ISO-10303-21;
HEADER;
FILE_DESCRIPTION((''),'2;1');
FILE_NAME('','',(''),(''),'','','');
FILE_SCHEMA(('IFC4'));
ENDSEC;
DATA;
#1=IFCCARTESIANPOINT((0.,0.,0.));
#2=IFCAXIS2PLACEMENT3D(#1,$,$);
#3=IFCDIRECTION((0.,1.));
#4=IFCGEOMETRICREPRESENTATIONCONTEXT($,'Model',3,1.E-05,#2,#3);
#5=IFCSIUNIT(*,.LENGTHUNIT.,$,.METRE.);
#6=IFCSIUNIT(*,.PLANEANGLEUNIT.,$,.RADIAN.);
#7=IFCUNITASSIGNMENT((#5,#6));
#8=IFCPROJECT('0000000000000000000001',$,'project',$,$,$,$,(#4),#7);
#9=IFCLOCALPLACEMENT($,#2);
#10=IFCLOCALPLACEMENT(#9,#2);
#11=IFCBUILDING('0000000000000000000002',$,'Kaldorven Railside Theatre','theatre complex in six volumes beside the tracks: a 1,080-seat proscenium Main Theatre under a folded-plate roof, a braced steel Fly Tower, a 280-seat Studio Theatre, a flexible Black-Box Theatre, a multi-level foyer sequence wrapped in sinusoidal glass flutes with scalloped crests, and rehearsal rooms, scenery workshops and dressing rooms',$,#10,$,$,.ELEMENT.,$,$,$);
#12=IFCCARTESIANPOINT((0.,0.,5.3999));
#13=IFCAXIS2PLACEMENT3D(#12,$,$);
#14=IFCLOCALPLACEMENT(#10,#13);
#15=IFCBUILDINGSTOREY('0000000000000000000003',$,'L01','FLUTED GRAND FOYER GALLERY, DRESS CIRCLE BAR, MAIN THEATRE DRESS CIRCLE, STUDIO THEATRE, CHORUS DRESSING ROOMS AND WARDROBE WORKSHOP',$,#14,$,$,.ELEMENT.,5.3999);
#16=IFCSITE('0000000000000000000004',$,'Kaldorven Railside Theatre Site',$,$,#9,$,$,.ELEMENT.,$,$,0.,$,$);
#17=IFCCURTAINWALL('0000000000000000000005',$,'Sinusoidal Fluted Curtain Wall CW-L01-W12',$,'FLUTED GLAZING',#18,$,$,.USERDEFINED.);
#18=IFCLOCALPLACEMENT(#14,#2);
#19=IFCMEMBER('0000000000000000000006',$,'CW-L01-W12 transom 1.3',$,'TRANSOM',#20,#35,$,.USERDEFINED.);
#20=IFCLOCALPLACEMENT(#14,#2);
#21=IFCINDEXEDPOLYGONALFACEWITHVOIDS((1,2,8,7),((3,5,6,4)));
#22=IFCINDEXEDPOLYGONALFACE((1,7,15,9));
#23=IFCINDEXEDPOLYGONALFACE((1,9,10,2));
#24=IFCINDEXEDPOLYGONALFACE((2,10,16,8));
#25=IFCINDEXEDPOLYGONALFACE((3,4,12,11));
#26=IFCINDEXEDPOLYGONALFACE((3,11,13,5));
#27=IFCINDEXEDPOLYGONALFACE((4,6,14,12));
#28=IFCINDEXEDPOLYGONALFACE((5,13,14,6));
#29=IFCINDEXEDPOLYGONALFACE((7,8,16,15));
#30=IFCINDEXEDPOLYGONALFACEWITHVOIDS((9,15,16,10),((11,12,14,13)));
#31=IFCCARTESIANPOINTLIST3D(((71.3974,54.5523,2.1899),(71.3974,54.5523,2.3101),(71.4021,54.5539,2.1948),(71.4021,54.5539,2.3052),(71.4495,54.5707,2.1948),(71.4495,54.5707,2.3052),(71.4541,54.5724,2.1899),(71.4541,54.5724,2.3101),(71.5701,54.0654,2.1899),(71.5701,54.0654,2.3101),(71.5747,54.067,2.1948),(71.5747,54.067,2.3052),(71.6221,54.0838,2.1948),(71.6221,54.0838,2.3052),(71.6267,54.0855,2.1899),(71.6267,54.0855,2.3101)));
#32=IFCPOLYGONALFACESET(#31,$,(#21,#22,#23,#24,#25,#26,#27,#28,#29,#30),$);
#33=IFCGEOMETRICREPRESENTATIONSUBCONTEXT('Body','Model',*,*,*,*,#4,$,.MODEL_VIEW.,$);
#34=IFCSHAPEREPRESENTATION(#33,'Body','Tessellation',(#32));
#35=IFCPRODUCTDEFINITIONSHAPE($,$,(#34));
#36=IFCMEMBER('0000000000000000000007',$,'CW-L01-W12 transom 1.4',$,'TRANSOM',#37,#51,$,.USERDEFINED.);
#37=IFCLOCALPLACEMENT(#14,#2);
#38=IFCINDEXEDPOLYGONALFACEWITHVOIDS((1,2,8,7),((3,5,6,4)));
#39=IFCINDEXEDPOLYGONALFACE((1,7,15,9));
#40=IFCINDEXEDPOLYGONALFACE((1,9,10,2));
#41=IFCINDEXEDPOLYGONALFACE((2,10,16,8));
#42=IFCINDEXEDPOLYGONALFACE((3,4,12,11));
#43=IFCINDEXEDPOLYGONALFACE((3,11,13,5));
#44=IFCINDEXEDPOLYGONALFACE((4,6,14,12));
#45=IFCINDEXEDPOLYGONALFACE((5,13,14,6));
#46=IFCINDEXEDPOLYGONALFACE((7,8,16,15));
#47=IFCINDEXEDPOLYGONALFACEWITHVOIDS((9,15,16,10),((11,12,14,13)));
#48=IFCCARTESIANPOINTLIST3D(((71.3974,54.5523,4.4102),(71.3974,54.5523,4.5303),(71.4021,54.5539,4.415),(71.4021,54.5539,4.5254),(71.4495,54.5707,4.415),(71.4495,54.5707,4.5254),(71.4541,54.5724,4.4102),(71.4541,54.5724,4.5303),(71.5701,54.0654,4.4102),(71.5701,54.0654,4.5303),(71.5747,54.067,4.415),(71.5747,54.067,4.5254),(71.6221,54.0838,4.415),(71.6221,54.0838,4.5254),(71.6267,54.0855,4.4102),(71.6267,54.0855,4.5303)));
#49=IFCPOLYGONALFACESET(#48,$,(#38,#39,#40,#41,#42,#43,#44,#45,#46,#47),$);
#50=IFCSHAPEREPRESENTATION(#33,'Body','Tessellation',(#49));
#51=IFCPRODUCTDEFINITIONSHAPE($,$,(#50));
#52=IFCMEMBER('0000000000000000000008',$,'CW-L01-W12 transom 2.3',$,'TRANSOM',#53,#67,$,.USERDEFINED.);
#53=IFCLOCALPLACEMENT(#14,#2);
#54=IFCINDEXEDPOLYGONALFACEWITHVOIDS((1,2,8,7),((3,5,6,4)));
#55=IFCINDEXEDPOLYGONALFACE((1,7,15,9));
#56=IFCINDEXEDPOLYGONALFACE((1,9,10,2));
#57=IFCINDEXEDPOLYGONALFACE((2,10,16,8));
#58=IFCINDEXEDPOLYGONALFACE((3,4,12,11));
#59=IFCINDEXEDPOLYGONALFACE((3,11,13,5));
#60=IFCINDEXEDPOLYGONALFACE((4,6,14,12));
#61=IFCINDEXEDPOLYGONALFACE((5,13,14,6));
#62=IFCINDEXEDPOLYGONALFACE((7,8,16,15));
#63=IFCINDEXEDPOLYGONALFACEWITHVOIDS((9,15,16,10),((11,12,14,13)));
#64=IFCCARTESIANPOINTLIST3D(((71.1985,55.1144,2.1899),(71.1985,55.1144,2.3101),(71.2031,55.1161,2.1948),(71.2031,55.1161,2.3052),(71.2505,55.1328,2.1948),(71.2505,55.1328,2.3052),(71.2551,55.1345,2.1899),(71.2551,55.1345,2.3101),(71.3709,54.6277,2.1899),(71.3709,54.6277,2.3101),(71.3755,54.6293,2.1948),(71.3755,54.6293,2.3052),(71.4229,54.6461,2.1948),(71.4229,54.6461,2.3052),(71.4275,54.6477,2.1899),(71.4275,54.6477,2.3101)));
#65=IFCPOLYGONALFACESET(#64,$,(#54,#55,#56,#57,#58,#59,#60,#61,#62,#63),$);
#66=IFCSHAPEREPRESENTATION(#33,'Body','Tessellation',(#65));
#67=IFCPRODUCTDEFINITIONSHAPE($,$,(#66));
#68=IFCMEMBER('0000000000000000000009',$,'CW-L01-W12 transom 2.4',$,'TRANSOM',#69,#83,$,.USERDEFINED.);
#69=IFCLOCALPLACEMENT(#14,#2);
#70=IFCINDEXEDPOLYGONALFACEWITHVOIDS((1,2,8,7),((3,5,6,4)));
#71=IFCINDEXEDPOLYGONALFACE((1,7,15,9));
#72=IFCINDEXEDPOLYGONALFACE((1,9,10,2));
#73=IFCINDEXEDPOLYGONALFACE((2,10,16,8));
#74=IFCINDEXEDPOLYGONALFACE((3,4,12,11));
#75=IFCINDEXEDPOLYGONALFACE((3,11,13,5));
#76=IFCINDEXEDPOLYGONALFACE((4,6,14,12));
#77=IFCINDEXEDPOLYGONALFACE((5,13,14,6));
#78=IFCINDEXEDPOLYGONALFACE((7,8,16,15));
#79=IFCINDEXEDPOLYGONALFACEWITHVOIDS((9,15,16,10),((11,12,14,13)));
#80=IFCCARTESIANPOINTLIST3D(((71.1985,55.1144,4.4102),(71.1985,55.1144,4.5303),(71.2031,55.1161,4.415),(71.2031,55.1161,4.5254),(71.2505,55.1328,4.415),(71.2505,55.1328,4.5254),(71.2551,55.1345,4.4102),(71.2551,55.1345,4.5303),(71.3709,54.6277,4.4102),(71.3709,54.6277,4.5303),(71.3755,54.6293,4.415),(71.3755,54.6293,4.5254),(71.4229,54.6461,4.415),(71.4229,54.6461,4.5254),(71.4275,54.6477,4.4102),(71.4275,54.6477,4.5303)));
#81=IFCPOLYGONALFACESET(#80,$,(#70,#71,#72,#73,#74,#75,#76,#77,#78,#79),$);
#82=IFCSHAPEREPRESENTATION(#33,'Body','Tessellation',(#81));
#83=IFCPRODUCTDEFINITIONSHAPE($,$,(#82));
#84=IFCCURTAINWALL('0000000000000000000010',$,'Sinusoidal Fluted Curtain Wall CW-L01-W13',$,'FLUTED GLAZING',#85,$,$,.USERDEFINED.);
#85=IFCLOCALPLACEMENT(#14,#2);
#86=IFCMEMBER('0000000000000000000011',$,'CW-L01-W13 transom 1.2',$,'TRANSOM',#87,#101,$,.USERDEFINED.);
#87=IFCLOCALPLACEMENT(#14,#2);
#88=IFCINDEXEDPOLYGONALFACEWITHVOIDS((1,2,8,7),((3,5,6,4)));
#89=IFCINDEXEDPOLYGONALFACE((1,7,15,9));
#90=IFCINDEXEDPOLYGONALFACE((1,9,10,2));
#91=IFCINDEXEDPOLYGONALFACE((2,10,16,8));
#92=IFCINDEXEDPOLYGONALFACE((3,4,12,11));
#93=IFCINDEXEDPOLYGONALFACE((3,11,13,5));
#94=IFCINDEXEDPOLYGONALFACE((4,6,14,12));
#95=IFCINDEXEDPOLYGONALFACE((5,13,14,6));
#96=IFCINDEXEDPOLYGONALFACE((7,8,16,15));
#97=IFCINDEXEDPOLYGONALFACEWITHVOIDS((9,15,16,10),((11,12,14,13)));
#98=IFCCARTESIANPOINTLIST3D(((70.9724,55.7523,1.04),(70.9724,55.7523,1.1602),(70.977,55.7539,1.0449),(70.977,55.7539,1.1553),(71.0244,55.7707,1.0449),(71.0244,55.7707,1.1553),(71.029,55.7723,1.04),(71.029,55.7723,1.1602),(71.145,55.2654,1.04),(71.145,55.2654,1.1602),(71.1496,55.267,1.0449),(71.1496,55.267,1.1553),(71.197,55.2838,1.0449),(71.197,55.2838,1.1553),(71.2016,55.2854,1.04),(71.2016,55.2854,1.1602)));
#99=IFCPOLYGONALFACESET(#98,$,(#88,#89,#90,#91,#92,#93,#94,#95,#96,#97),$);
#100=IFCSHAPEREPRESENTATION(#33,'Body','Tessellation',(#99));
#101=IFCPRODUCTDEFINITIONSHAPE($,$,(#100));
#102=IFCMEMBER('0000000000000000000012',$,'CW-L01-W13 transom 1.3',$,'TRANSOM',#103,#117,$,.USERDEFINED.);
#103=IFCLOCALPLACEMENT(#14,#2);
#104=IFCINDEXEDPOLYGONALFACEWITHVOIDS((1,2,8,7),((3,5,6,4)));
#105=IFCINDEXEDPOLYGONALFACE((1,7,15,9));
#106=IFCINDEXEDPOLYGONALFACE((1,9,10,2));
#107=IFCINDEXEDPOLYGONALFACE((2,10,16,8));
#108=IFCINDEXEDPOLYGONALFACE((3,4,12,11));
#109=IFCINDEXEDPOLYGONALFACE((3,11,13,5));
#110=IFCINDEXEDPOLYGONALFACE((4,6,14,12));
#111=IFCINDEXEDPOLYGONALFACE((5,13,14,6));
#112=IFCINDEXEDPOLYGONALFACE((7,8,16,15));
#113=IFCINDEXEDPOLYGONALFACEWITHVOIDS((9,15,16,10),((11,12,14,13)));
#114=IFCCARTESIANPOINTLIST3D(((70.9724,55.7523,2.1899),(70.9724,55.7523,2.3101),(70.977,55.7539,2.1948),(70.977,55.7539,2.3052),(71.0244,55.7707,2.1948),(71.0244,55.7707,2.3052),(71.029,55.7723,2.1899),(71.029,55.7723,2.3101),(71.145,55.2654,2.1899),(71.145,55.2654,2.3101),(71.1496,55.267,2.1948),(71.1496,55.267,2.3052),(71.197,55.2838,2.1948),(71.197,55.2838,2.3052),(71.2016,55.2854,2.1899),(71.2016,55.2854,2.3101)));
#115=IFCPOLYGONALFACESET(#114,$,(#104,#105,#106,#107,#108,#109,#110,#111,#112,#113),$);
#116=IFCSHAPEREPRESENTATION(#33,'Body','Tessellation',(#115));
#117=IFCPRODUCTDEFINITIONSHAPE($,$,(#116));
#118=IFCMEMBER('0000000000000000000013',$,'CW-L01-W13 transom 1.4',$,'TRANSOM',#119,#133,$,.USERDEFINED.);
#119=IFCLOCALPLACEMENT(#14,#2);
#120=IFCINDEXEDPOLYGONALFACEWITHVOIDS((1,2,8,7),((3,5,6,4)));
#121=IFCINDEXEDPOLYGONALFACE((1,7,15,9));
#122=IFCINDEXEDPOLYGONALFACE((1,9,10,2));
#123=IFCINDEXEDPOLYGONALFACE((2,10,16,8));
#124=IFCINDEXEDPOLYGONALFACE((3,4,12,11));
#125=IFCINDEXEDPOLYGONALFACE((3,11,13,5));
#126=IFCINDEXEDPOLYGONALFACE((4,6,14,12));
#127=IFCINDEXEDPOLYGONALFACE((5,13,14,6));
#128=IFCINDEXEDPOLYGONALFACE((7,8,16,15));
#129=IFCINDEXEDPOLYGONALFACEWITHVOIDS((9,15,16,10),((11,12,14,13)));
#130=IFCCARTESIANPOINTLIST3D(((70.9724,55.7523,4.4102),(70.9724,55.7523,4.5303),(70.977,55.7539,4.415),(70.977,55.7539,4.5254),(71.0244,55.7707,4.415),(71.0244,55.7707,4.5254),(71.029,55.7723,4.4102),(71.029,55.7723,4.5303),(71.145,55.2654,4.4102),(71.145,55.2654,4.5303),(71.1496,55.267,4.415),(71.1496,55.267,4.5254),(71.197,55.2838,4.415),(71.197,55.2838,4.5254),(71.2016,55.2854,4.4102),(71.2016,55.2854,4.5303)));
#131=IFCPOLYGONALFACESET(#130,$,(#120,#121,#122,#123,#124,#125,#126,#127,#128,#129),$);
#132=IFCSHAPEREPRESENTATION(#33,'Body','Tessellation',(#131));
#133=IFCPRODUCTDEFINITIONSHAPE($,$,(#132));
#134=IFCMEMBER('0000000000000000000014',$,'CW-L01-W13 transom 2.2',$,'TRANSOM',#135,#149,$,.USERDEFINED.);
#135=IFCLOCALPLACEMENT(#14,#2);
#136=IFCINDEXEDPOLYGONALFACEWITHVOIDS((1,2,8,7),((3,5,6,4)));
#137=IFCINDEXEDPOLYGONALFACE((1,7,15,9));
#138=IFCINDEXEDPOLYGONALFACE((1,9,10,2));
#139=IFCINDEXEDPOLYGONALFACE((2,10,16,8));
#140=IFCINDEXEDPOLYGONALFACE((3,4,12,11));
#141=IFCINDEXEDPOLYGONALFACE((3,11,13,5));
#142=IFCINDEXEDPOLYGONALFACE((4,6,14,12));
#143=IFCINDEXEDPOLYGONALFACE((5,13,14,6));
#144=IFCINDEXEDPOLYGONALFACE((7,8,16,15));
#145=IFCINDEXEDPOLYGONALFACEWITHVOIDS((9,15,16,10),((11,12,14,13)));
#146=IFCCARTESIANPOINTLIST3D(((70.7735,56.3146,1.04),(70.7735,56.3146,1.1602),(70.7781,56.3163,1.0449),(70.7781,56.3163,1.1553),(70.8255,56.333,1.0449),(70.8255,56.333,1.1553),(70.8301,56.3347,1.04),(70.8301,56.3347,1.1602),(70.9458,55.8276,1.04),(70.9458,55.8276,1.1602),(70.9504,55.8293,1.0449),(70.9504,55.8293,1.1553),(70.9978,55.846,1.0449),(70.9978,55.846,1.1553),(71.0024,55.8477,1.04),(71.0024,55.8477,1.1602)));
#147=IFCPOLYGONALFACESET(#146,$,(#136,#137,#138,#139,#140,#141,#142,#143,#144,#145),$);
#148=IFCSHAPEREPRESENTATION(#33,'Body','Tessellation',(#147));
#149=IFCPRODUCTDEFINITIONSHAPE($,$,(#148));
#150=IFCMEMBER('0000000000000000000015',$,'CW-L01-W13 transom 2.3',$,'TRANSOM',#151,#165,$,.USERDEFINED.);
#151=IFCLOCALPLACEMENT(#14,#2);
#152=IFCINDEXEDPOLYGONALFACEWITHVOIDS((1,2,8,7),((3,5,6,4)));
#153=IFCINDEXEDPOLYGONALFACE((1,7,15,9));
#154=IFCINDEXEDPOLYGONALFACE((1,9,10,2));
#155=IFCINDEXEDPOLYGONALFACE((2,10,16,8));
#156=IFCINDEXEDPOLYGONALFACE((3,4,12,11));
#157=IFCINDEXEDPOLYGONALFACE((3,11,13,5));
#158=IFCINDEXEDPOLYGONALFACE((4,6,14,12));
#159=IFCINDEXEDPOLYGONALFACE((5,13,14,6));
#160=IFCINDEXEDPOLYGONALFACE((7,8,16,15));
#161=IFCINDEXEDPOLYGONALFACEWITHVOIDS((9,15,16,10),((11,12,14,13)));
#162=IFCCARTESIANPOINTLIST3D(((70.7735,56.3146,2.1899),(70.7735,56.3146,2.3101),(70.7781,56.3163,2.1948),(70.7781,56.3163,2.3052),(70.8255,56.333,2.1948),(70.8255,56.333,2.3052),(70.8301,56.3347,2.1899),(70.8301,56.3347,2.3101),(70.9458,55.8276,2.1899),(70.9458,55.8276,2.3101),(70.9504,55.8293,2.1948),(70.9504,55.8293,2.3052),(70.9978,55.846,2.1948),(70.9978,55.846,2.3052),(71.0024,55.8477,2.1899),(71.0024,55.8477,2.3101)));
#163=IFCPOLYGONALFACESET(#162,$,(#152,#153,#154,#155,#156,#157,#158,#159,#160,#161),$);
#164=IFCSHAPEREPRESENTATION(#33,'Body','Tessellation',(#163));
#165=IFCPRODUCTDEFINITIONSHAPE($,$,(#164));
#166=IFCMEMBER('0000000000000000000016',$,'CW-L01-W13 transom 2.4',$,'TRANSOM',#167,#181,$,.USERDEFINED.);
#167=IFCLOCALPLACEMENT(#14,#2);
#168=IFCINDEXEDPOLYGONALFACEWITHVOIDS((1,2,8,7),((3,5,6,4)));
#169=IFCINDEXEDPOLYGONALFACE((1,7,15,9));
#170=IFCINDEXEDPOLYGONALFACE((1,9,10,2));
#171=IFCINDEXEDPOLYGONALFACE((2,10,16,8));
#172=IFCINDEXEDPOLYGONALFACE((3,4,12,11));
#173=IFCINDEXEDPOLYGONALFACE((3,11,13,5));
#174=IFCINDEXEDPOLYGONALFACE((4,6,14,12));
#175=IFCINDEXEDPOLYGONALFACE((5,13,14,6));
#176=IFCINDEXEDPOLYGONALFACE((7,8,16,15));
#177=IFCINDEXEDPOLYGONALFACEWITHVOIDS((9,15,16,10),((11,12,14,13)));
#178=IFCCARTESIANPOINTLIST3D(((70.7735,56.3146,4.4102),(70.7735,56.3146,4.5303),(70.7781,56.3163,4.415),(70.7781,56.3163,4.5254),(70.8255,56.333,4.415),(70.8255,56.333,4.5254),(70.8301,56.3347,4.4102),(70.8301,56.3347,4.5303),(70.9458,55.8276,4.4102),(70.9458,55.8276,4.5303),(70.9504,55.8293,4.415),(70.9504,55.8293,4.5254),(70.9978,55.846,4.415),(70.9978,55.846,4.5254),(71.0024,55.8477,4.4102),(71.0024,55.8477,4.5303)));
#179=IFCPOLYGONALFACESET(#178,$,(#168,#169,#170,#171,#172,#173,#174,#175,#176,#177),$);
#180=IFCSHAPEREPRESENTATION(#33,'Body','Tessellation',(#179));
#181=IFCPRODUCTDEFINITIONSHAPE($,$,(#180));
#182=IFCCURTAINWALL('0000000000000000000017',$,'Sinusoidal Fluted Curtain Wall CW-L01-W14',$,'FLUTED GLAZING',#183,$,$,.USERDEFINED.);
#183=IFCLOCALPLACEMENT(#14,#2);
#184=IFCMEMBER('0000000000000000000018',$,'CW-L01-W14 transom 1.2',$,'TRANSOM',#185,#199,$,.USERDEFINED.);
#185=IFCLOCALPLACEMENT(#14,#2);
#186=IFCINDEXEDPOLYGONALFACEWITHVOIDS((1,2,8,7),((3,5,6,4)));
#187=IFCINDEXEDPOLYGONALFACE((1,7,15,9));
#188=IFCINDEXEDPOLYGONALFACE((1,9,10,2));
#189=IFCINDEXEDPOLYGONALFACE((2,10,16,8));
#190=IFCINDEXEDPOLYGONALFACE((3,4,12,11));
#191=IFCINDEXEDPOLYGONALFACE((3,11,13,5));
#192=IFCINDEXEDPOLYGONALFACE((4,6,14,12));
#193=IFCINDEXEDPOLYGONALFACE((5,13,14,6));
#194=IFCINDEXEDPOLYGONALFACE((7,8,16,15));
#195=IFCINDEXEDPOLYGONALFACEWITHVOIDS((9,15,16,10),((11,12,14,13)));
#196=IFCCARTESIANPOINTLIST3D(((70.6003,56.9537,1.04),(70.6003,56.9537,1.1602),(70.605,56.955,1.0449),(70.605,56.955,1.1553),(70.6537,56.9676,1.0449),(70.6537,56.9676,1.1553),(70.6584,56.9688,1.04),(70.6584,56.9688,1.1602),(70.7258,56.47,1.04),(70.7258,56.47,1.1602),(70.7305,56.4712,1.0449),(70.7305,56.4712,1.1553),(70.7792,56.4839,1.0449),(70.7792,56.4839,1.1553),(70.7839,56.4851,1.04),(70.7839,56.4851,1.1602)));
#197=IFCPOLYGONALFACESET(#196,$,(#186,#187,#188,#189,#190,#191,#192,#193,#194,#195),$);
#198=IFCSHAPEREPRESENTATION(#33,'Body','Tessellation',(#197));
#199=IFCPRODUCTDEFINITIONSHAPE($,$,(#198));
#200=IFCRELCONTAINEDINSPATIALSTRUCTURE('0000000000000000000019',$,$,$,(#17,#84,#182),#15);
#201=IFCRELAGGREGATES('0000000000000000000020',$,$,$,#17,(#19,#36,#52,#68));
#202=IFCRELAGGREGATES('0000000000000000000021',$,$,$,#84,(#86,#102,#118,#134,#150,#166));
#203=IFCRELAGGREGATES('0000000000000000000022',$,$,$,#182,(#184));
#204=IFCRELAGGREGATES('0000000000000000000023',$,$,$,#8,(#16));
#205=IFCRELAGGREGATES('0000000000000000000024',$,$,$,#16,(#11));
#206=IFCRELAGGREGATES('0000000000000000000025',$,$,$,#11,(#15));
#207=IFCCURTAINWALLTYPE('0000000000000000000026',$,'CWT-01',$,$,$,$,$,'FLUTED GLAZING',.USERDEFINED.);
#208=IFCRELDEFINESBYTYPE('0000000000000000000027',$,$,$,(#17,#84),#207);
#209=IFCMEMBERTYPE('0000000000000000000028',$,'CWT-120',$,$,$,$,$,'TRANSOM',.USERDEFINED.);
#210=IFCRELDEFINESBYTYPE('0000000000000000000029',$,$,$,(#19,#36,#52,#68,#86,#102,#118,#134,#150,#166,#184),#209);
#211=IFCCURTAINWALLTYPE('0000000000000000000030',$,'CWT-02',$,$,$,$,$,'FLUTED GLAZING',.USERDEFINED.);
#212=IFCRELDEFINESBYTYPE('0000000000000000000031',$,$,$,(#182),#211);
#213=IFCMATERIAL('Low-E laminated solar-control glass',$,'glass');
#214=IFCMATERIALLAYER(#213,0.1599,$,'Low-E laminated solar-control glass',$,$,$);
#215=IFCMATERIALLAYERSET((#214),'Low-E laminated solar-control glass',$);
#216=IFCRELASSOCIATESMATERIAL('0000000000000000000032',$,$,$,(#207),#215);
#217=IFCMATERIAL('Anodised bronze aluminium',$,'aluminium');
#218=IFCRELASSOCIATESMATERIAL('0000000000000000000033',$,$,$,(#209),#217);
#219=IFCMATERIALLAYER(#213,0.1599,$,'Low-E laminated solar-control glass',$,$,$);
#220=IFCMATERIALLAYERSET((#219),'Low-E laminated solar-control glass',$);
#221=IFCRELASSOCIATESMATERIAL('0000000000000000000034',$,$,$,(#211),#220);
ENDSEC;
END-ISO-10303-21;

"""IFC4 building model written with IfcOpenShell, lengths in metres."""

from ifc_helpers import new_model, si_unit, direction, frame, origin, origin_2d, place, context, subcontext, project, spatial, hollow_rectangle, extrude, material, layer, layer_set, material_profile, profile_set, type_object, element, aggregate, save


model = new_model("IFC4")

# Units and contexts
model_context = context("Model", 3, precision=1e-05, world=origin(), true_north=direction((0.0, 1.0)))
body_context = subcontext(model_context, "Body", "Model", "MODEL_VIEW")
ifc_project = project(units=[si_unit("LENGTHUNIT", "METRE"), si_unit("PLANEANGLEUNIT", "RADIAN")], contexts=[model_context])

# Site, building, storey
site_placement = place(None, origin())
site = spatial("IfcSite", under=ifc_project, at=site_placement, Name="Kaldorven Railside Theatre Site", CompositionType="ELEMENT", RefElevation=0.0)
building_placement = place(site_placement, origin())
building = spatial("IfcBuilding", under=site, at=building_placement, Name="Kaldorven Railside Theatre", Description="theatre complex in six volumes beside the tracks: a 1,080-seat proscenium Main Theatre under a folded-plate roof, a braced steel Fly Tower, a 280-seat Studio Theatre, a flexible Black-Box Theatre, a multi-level foyer sequence wrapped in sinusoidal glass flutes with scalloped crests, and rehearsal rooms, scenery workshops and dressing rooms", CompositionType="ELEMENT")
storey_placement = place(building_placement, frame((0.0, 0.0, 5.3999)))
storey = spatial("IfcBuildingStorey", under=building, at=storey_placement, Name="L01", Description="FLUTED GRAND FOYER GALLERY, DRESS CIRCLE BAR, MAIN THEATRE DRESS CIRCLE, STUDIO THEATRE, CHORUS DRESSING ROOMS AND WARDROBE WORKSHOP", CompositionType="ELEMENT", Elevation=5.3999)

# Curtain walls, members
ifc_material_1 = material(Name="Low-E laminated solar-control glass", Category="glass")
ifc_layer_1 = layer(ifc_material_1, 0.1599, Name="Low-E laminated solar-control glass")
ifc_layer_set_1 = layer_set([ifc_layer_1], Name="Low-E laminated solar-control glass")
curtain_wall_type_1 = type_object("IfcCurtainWallType", Name="CWT-01", ElementType="FLUTED GLAZING", PredefinedType="USERDEFINED", material=ifc_layer_set_1)
curtain_wall_1_placement = place(storey_placement, origin())
curtain_wall_1 = element("IfcCurtainWall", 1, at=curtain_wall_1_placement, inside=storey, type_object=curtain_wall_type_1, Name="Sinusoidal Fluted Curtain Wall CW-L01-W12", ObjectType="FLUTED GLAZING", PredefinedType="USERDEFINED")
ifc_material_2 = material(Name="Anodised bronze aluminium", Category="aluminium")
ifc_material_profile = material_profile(ifc_material_2, hollow_rectangle(XDim=0.0601, YDim=0.1201, WallThickness=0.0049, at=origin_2d()), Name="RHS 120x60x5")
ifc_profile_set = profile_set([ifc_material_profile], Name="Anodised bronze aluminium")
member_type = type_object("IfcMemberType", Name="CWT-120", ElementType="TRANSOM", PredefinedType="USERDEFINED", material=ifc_profile_set)
member_1_placement = place(storey_placement, frame((71.5984, 54.0754, 2.25), z_axis=(-0.33418, 0.942509, 0.0), x_axis=(-0.942509, -0.33418, 0.0)))
member_1 = element("IfcMember", 2, at=member_1_placement, type_object=member_type, Name="CW-L01-W12 transom 1.3", ObjectType="TRANSOM", PredefinedType="USERDEFINED", context=body_context, shape_type="SweptSolid", body=[
    extrude(hollow_rectangle(XDim=0.0601, YDim=0.1201, WallThickness=0.0049, at=origin_2d()), origin(), (0.0, 0.0, 1.0), 0.5166),
])
member_2_placement = place(storey_placement, frame((71.5984, 54.0754, 4.4702), z_axis=(-0.33418, 0.942509, 0.0), x_axis=(-0.942509, -0.33418, 0.0)))
member_2 = element("IfcMember", 3, at=member_2_placement, type_object=member_type, Name="CW-L01-W12 transom 1.4", ObjectType="TRANSOM", PredefinedType="USERDEFINED", context=body_context, shape_type="SweptSolid", body=[
    extrude(hollow_rectangle(XDim=0.0601, YDim=0.1201, WallThickness=0.0049, at=origin_2d()), origin(), (0.0, 0.0, 1.0), 0.5166),
])
member_3_placement = place(storey_placement, frame((71.3992, 54.6377, 2.25), z_axis=(-0.33376, 0.942658, 0.0), x_axis=(-0.942658, -0.33376, 0.0)))
member_3 = element("IfcMember", 4, at=member_3_placement, type_object=member_type, Name="CW-L01-W12 transom 2.3", ObjectType="TRANSOM", PredefinedType="USERDEFINED", context=body_context, shape_type="SweptSolid", body=[
    extrude(hollow_rectangle(XDim=0.0601, YDim=0.1201, WallThickness=0.0049, at=origin_2d()), origin(), (0.0, 0.0, 1.0), 0.5164),
])
member_4_placement = place(storey_placement, frame((71.3992, 54.6377, 4.4702), z_axis=(-0.33376, 0.942658, 0.0), x_axis=(-0.942658, -0.33376, 0.0)))
member_4 = element("IfcMember", 5, at=member_4_placement, type_object=member_type, Name="CW-L01-W12 transom 2.4", ObjectType="TRANSOM", PredefinedType="USERDEFINED", context=body_context, shape_type="SweptSolid", body=[
    extrude(hollow_rectangle(XDim=0.0601, YDim=0.1201, WallThickness=0.0049, at=origin_2d()), origin(), (0.0, 0.0, 1.0), 0.5164),
])
curtain_wall_2_placement = place(storey_placement, origin())
curtain_wall_2 = element("IfcCurtainWall", 6, at=curtain_wall_2_placement, inside=storey, type_object=curtain_wall_type_1, Name="Sinusoidal Fluted Curtain Wall CW-L01-W13", ObjectType="FLUTED GLAZING", PredefinedType="USERDEFINED")
member_5_placement = place(storey_placement, frame((71.1733, 55.2754, 1.1001), z_axis=(-0.33418, 0.942509, 0.0), x_axis=(-0.942509, -0.33418, 0.0)))
member_5 = element("IfcMember", 7, at=member_5_placement, type_object=member_type, Name="CW-L01-W13 transom 1.2", ObjectType="TRANSOM", PredefinedType="USERDEFINED", context=body_context, shape_type="SweptSolid", body=[
    extrude(hollow_rectangle(XDim=0.0601, YDim=0.1201, WallThickness=0.0049, at=origin_2d()), origin(), (0.0, 0.0, 1.0), 0.5166),
])
member_6_placement = place(storey_placement, frame((71.1733, 55.2754, 2.25), z_axis=(-0.33418, 0.942509, 0.0), x_axis=(-0.942509, -0.33418, 0.0)))
member_6 = element("IfcMember", 8, at=member_6_placement, type_object=member_type, Name="CW-L01-W13 transom 1.3", ObjectType="TRANSOM", PredefinedType="USERDEFINED", context=body_context, shape_type="SweptSolid", body=[
    extrude(hollow_rectangle(XDim=0.0601, YDim=0.1201, WallThickness=0.0049, at=origin_2d()), origin(), (0.0, 0.0, 1.0), 0.5166),
])
member_7_placement = place(storey_placement, frame((71.1733, 55.2754, 4.4702), z_axis=(-0.33418, 0.942509, 0.0), x_axis=(-0.942509, -0.33418, 0.0)))
member_7 = element("IfcMember", 9, at=member_7_placement, type_object=member_type, Name="CW-L01-W13 transom 1.4", ObjectType="TRANSOM", PredefinedType="USERDEFINED", context=body_context, shape_type="SweptSolid", body=[
    extrude(hollow_rectangle(XDim=0.0601, YDim=0.1201, WallThickness=0.0049, at=origin_2d()), origin(), (0.0, 0.0, 1.0), 0.5166),
])
member_8_placement = place(storey_placement, frame((70.9741, 55.8376, 1.1001), z_axis=(-0.333611, 0.942711, 0.0), x_axis=(-0.942711, -0.333611, 0.0)))
member_8 = element("IfcMember", 10, at=member_8_placement, type_object=member_type, Name="CW-L01-W13 transom 2.2", ObjectType="TRANSOM", PredefinedType="USERDEFINED", context=body_context, shape_type="SweptSolid", body=[
    extrude(hollow_rectangle(XDim=0.0601, YDim=0.1201, WallThickness=0.0049, at=origin_2d()), origin(), (0.0, 0.0, 1.0), 0.5166),
])
member_9_placement = place(storey_placement, frame((70.9741, 55.8376, 2.25), z_axis=(-0.333611, 0.942711, 0.0), x_axis=(-0.942711, -0.333611, 0.0)))
member_9 = element("IfcMember", 11, at=member_9_placement, type_object=member_type, Name="CW-L01-W13 transom 2.3", ObjectType="TRANSOM", PredefinedType="USERDEFINED", context=body_context, shape_type="SweptSolid", body=[
    extrude(hollow_rectangle(XDim=0.0601, YDim=0.1201, WallThickness=0.0049, at=origin_2d()), origin(), (0.0, 0.0, 1.0), 0.5166),
])
member_10_placement = place(storey_placement, frame((70.9741, 55.8376, 4.4702), z_axis=(-0.333611, 0.942711, 0.0), x_axis=(-0.942711, -0.333611, 0.0)))
member_10 = element("IfcMember", 12, at=member_10_placement, type_object=member_type, Name="CW-L01-W13 transom 2.4", ObjectType="TRANSOM", PredefinedType="USERDEFINED", context=body_context, shape_type="SweptSolid", body=[
    extrude(hollow_rectangle(XDim=0.0601, YDim=0.1201, WallThickness=0.0049, at=origin_2d()), origin(), (0.0, 0.0, 1.0), 0.5166),
])
ifc_layer_2 = layer(ifc_material_1, 0.1599, Name="Low-E laminated solar-control glass")
ifc_layer_set_2 = layer_set([ifc_layer_2], Name="Low-E laminated solar-control glass")
curtain_wall_type_2 = type_object("IfcCurtainWallType", Name="CWT-02", ElementType="FLUTED GLAZING", PredefinedType="USERDEFINED", material=ifc_layer_set_2)
curtain_wall_3_placement = place(storey_placement, origin())
curtain_wall_3 = element("IfcCurtainWall", 13, at=curtain_wall_3_placement, inside=storey, type_object=curtain_wall_type_2, Name="Sinusoidal Fluted Curtain Wall CW-L01-W14", ObjectType="FLUTED GLAZING", PredefinedType="USERDEFINED")
member_11_placement = place(storey_placement, frame((70.7549, 56.4775, 1.1001), z_axis=(-0.251149, 0.967949, 0.0), x_axis=(-0.967949, -0.251149, 0.0)))
member_11 = element("IfcMember", 14, at=member_11_placement, type_object=member_type, Name="CW-L01-W14 transom 1.2", ObjectType="TRANSOM", PredefinedType="USERDEFINED", context=body_context, shape_type="SweptSolid", body=[
    extrude(hollow_rectangle(XDim=0.0601, YDim=0.1201, WallThickness=0.0049, at=origin_2d()), origin(), (0.0, 0.0, 1.0), 0.4998),
])

aggregate(curtain_wall_1, [member_1, member_2, member_3, member_4])
aggregate(curtain_wall_2, [member_5, member_6, member_7, member_8, member_9, member_10])
aggregate(curtain_wall_3, [member_11])

save(model, "model.ifc")
